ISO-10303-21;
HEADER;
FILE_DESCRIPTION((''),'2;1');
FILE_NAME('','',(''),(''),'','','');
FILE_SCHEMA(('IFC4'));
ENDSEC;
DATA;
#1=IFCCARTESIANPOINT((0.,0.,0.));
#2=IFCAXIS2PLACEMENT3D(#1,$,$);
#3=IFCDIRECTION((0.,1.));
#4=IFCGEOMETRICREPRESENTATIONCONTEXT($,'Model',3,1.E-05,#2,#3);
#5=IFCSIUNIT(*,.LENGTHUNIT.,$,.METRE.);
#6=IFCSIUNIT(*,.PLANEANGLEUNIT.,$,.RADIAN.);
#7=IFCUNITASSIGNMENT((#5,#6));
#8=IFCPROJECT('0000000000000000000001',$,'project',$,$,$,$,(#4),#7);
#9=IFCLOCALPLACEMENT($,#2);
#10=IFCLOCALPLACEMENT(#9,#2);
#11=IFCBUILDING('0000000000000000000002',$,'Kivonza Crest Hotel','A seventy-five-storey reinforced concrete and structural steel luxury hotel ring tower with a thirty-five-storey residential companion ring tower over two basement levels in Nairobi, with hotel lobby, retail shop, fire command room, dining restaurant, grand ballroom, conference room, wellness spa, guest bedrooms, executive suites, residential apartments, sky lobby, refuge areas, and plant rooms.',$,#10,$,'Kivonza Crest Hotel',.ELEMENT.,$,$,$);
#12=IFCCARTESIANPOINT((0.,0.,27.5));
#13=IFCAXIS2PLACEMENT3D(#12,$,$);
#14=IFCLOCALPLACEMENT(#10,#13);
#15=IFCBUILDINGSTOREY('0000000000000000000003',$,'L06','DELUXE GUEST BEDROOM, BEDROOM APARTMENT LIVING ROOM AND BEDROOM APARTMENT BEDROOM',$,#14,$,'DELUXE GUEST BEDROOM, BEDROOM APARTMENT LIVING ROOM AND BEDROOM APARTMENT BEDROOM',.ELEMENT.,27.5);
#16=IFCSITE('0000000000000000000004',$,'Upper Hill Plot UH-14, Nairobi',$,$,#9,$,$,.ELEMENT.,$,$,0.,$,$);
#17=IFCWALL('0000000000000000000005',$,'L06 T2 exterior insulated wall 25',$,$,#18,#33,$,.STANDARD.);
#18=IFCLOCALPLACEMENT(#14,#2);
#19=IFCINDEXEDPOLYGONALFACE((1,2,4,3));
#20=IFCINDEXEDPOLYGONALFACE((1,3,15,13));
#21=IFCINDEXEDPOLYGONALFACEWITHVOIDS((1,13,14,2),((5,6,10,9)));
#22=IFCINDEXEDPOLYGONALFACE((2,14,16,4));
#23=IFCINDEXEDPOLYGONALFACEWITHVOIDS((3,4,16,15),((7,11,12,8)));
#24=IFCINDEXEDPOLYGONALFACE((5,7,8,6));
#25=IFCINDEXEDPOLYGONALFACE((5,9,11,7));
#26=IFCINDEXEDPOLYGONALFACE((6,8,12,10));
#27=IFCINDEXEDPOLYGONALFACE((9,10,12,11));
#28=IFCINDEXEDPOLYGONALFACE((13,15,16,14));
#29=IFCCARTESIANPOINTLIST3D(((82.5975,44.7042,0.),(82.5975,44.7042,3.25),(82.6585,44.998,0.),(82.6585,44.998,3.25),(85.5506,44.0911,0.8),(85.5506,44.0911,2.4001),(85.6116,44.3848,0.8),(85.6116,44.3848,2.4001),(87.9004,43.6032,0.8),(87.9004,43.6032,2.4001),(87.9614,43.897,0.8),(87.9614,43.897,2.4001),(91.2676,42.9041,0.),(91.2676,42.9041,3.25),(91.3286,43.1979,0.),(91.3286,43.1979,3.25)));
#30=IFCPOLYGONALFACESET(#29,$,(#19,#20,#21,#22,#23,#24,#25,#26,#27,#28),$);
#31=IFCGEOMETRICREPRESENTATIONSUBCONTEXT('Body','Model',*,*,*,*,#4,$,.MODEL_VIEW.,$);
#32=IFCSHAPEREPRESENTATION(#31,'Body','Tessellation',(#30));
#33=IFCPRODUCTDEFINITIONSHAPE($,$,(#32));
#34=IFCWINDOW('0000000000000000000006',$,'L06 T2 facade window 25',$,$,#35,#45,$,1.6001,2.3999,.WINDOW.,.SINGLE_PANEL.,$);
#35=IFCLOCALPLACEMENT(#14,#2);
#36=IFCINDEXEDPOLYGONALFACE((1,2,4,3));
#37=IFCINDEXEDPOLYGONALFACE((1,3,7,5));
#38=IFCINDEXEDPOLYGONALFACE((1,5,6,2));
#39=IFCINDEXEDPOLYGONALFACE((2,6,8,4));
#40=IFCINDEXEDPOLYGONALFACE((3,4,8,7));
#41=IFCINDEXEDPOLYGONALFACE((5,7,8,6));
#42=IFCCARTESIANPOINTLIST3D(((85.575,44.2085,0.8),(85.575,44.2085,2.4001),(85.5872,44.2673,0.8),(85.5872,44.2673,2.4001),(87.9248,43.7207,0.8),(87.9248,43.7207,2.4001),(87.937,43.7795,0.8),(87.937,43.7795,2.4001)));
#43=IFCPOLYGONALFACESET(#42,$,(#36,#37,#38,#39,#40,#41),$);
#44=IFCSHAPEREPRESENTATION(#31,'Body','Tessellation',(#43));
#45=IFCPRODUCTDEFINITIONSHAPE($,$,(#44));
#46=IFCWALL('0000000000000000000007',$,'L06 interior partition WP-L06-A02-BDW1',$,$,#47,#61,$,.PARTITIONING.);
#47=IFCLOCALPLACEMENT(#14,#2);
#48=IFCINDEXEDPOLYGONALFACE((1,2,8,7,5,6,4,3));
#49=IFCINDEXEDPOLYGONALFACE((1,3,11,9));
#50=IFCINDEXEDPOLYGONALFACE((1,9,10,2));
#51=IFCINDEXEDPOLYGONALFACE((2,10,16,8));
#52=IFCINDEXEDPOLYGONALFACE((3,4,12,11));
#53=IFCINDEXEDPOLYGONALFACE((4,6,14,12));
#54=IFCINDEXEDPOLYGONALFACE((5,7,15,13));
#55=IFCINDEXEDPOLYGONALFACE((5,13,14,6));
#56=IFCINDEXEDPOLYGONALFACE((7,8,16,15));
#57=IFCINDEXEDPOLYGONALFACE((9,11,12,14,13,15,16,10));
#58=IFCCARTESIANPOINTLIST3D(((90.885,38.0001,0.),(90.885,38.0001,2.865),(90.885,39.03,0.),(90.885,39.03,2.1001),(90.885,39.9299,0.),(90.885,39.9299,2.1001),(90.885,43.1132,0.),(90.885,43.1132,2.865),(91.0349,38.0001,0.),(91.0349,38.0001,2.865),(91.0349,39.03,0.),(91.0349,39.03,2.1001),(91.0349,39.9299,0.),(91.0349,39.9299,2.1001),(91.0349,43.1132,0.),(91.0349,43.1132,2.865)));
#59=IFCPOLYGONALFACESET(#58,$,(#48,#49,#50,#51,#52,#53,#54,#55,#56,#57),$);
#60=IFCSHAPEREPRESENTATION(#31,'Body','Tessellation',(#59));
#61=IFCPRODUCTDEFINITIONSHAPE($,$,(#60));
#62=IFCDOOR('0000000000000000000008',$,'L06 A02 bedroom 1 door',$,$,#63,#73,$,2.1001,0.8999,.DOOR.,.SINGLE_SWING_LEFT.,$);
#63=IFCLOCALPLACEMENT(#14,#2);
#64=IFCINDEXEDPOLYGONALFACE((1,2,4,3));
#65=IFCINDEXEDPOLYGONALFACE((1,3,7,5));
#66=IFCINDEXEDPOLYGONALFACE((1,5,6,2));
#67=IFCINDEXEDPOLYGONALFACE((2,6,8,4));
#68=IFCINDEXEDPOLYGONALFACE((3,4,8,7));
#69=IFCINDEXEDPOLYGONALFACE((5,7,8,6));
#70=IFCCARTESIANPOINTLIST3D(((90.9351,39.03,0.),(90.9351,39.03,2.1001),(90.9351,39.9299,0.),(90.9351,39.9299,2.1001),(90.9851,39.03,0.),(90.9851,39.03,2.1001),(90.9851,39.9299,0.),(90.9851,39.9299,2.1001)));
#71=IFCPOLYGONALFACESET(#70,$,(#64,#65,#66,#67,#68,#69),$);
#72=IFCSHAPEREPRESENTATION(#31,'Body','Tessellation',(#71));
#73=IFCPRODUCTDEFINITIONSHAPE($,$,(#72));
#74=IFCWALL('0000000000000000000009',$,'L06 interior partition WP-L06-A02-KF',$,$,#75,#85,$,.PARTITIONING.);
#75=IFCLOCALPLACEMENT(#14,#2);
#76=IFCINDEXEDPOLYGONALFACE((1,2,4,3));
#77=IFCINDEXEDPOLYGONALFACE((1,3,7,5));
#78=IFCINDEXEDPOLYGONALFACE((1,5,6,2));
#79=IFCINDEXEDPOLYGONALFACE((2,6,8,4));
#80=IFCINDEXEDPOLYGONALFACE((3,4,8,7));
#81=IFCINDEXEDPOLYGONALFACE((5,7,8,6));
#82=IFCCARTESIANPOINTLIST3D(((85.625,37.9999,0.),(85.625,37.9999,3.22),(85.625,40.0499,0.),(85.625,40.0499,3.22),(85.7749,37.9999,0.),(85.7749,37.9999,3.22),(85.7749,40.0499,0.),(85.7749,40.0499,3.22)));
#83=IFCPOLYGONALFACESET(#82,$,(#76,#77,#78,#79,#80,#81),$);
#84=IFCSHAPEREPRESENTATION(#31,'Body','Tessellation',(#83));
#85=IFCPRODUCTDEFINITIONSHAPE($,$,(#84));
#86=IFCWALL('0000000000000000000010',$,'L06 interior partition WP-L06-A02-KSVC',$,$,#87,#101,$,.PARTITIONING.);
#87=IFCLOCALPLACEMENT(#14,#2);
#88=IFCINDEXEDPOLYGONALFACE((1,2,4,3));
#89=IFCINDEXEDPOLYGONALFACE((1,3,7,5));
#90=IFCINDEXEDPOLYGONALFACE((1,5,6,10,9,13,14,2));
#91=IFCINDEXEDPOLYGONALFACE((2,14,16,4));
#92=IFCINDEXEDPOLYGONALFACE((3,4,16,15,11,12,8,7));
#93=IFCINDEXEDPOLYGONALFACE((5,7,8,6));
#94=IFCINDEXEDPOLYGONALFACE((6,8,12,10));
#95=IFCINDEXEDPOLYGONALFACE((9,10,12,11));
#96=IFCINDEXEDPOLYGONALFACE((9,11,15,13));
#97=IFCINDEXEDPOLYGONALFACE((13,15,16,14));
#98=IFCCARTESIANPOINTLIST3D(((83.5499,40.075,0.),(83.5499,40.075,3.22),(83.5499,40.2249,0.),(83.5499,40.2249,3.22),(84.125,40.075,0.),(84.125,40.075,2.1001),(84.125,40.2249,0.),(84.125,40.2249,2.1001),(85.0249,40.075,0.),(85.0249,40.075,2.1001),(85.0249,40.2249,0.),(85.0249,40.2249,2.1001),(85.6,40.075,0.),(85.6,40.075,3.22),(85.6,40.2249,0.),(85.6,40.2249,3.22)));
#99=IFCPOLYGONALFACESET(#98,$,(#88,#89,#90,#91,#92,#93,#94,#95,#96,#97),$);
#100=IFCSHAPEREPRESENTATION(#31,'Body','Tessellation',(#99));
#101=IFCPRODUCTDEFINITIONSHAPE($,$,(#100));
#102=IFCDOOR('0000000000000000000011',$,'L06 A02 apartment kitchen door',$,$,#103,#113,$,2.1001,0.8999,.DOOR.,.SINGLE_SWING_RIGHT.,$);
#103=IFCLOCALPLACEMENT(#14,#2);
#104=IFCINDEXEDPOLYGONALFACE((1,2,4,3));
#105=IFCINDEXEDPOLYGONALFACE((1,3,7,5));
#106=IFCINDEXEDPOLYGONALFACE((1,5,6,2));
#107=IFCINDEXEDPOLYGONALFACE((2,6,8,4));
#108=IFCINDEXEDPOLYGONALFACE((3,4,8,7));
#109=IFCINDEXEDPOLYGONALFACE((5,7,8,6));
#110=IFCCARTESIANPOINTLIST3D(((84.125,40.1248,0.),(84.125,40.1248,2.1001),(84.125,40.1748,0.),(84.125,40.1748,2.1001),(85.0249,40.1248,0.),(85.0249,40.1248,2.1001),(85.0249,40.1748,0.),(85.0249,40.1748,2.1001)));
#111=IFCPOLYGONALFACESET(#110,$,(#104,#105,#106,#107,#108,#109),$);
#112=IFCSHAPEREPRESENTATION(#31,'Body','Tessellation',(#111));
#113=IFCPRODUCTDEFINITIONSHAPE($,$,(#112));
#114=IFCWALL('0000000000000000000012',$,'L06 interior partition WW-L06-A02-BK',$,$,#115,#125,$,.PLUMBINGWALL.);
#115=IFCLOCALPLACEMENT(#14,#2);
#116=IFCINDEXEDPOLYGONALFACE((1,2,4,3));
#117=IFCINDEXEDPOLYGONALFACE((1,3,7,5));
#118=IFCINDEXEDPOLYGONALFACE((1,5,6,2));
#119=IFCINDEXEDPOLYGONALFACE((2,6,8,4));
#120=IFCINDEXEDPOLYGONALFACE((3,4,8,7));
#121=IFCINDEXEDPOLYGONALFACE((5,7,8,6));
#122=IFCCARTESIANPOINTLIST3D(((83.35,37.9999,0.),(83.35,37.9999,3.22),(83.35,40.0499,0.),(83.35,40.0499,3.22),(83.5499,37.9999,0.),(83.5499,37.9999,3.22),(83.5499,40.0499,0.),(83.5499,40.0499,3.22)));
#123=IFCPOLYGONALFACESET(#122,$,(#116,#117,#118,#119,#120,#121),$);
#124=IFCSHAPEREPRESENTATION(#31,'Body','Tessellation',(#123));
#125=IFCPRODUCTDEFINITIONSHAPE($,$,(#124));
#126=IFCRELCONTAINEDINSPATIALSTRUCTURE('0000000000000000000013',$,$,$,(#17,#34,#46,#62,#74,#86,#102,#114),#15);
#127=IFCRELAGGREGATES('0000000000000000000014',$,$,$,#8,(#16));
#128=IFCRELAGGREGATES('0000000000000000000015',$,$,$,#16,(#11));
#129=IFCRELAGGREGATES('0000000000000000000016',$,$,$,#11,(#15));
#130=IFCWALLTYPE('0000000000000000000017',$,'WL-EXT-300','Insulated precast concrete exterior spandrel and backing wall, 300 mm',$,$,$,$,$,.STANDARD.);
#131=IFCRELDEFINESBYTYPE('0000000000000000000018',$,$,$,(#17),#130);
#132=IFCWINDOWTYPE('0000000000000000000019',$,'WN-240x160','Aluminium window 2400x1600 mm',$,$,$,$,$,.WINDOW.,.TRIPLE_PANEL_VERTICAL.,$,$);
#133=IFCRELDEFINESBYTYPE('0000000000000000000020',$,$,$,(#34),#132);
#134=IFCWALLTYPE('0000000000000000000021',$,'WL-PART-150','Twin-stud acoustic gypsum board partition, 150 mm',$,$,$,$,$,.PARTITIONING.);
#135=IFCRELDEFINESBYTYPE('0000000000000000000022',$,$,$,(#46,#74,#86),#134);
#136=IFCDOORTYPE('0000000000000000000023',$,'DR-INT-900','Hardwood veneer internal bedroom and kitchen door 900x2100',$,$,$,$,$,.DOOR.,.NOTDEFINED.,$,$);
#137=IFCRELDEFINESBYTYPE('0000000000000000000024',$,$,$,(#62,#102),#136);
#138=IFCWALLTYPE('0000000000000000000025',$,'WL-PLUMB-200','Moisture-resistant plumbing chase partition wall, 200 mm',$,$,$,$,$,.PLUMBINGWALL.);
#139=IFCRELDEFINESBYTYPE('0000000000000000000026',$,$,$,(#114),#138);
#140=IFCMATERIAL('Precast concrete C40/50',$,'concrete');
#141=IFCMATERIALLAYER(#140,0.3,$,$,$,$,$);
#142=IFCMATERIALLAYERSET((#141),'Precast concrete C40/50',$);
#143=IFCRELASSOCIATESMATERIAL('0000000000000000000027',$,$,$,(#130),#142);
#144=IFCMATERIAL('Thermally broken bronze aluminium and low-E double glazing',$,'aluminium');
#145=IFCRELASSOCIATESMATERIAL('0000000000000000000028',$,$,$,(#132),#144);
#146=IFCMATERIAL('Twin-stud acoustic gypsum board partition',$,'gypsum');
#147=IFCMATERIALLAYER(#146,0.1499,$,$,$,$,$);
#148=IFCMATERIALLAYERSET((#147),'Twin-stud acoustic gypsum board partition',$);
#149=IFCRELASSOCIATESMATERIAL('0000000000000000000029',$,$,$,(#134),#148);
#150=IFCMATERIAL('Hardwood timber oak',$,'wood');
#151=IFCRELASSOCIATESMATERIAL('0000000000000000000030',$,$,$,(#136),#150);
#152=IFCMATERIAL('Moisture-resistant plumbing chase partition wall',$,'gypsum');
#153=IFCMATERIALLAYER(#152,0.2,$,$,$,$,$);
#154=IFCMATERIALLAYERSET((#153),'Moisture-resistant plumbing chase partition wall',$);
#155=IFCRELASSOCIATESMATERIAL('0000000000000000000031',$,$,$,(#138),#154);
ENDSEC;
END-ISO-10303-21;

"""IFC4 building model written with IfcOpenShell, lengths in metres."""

from ifc_helpers import new_model, si_unit, direction, frame, frame_2d, origin, place, context, subcontext, project, spatial, rectangle, extrude, material, layer, layer_set, type_object, element, fill, save


model = new_model("IFC4")

# Units and contexts
model_context = context("Model", 3, precision=1e-05, world=origin(), true_north=direction((0.0, 1.0)))
body_context = subcontext(model_context, "Body", "Model", "MODEL_VIEW")
ifc_project = project(units=[si_unit("LENGTHUNIT", "METRE"), si_unit("PLANEANGLEUNIT", "RADIAN")], contexts=[model_context])

# Site, building, storey
site_placement = place(None, origin())
site = spatial("IfcSite", under=ifc_project, at=site_placement, Name="Upper Hill Plot UH-14, Nairobi", CompositionType="ELEMENT", RefElevation=0.0)
building_placement = place(site_placement, origin())
building = spatial("IfcBuilding", under=site, at=building_placement, Name="Kivonza Crest Hotel", Description="A seventy-five-storey reinforced concrete and structural steel luxury hotel ring tower with a thirty-five-storey residential companion ring tower over two basement levels in Nairobi, with hotel lobby, retail shop, fire command room, dining restaurant, grand ballroom, conference room, wellness spa, guest bedrooms, executive suites, residential apartments, sky lobby, refuge areas, and plant rooms.", LongName="Kivonza Crest Hotel", CompositionType="ELEMENT")
storey_placement = place(building_placement, frame((0.0, 0.0, 27.5)))
storey = spatial("IfcBuildingStorey", under=building, at=storey_placement, Name="L06", Description="DELUXE GUEST BEDROOM, BEDROOM APARTMENT LIVING ROOM AND BEDROOM APARTMENT BEDROOM", LongName="DELUXE GUEST BEDROOM, BEDROOM APARTMENT LIVING ROOM AND BEDROOM APARTMENT BEDROOM", CompositionType="ELEMENT", Elevation=27.5)

# Shared definitions
ifc_material_1 = material(Name="Hardwood timber oak", Category="wood")

# Shared definitions
ifc_material_2 = material(Name="Precast concrete C40/50", Category="concrete")
ifc_layer_1 = layer(ifc_material_2, 0.3)
ifc_layer_set_1 = layer_set([ifc_layer_1], Name="Precast concrete C40/50")
wall_type_1 = type_object("IfcWallType", Name="WL-EXT-300", Description="Insulated precast concrete exterior spandrel and backing wall, 300 mm", PredefinedType="STANDARD", material=ifc_layer_set_1)

# Wall, opening, window
wall_1_placement = place(storey_placement, frame((91.2981, 43.051, 0.0), z_axis=(0.0, 0.0, 1.0), x_axis=(-0.979121, 0.203279, 0.0)))
wall_1 = element("IfcWall", 1, at=wall_1_placement, inside=storey, type_object=wall_type_1, Name="L06 T2 exterior insulated wall 25", PredefinedType="STANDARD", context=body_context, shape_type="SweptSolid", body=[
    extrude(rectangle(XDim=8.855, YDim=0.3, at=frame_2d((4.4275, 0.0))), origin(), (0.0, 0.0, 1.0), 3.25),
])
opening_1_placement = place(wall_1_placement, frame((3.439, 0.0, 0.8)))
opening_1 = element("IfcOpeningElement", 2, at=opening_1_placement, cuts=wall_1, PredefinedType="OPENING", context=body_context, shape_type="SweptSolid", body=[
    extrude(rectangle(XDim=2.3999, YDim=1.6001, at=frame_2d((1.2, 0.8))), frame((0.0, 0.1602, 0.0), z_axis=(0.0, -1.0, 0.0), x_axis=(1.0, 0.0, 0.0)), (0.0, 0.0, 1.0), 0.3201),
])
ifc_material_3 = material(Name="Thermally broken bronze aluminium and low-E double glazing", Category="aluminium")
window_type_1 = type_object("IfcWindowType", Name="WN-240x160", Description="Aluminium window 2400x1600 mm", PartitioningType="TRIPLE_PANEL_VERTICAL", PredefinedType="WINDOW", material=ifc_material_3)
window_1_placement = place(opening_1_placement, origin())
window_1 = element("IfcWindow", 3, at=window_1_placement, inside=storey, type_object=window_type_1, Name="L06 T2 facade window 25", OverallHeight=1.6001, OverallWidth=2.3999, PartitioningType="SINGLE_PANEL", PredefinedType="WINDOW", context=body_context, shape_type="SweptSolid", body=[
    extrude(rectangle(XDim=2.3999, YDim=1.6001, at=frame_2d((1.2, 0.8))), frame((0.0, 0.03, 0.0), z_axis=(0.0, -1.0, 0.0), x_axis=(1.0, 0.0, 0.0)), (0.0, 0.0, 1.0), 0.0601),
])
fill(opening_1, window_1)

# Wall, opening, door
ifc_material_4 = material(Name="Twin-stud acoustic gypsum board partition", Category="gypsum")
ifc_layer_2 = layer(ifc_material_4, 0.1499)
ifc_layer_set_2 = layer_set([ifc_layer_2], Name="Twin-stud acoustic gypsum board partition")
wall_type_2 = type_object("IfcWallType", Name="WL-PART-150", Description="Twin-stud acoustic gypsum board partition, 150 mm", PredefinedType="PARTITIONING", material=ifc_layer_set_2)
wall_2_placement = place(storey_placement, frame((90.96, 38.0, 0.0), z_axis=(0.0, 0.0, 1.0), x_axis=(0.0, 1.0, 0.0)))
wall_2 = element("IfcWall", 4, at=wall_2_placement, inside=storey, type_object=wall_type_2, Name="L06 interior partition WP-L06-A02-BDW1", PredefinedType="PARTITIONING", context=body_context, shape_type="SweptSolid", body=[
    extrude(rectangle(XDim=5.113, YDim=0.1499, at=frame_2d((2.5566, 0.0))), origin(), (0.0, 0.0, 1.0), 2.865),
])
opening_2_placement = place(wall_2_placement, frame((1.03, 0.0, 0.0)))
opening_2 = element("IfcOpeningElement", 5, at=opening_2_placement, cuts=wall_2, PredefinedType="OPENING", context=body_context, shape_type="SweptSolid", body=[
    extrude(rectangle(XDim=0.8999, YDim=2.1001, at=frame_2d((0.45, 1.05))), frame((0.0, 0.085, 0.0), z_axis=(0.0, -1.0, 0.0), x_axis=(1.0, 0.0, 0.0)), (0.0, 0.0, 1.0), 0.1699),
])
door_type_1 = type_object("IfcDoorType", Name="DR-INT-900", Description="Hardwood veneer internal bedroom and kitchen door 900x2100", OperationType="NOTDEFINED", PredefinedType="DOOR", material=ifc_material_1)
door_1_placement = place(opening_2_placement, origin())
door_1 = element("IfcDoor", 6, at=door_1_placement, inside=storey, type_object=door_type_1, Name="L06 A02 bedroom 1 door", OperationType="SINGLE_SWING_LEFT", OverallHeight=2.1001, OverallWidth=0.8999, PredefinedType="DOOR", context=body_context, shape_type="SweptSolid", body=[
    extrude(rectangle(XDim=0.8999, YDim=2.1001, at=frame_2d((0.45, 1.05))), frame((0.0, 0.0249, 0.0), z_axis=(0.0, -1.0, 0.0), x_axis=(1.0, 0.0, 0.0)), (0.0, 0.0, 1.0), 0.05),
])
fill(opening_2, door_1)

# Wall
wall_3_placement = place(storey_placement, frame((85.7, 38.0, 0.0), z_axis=(0.0, 0.0, 1.0), x_axis=(0.0, 1.0, 0.0)))
element("IfcWall", 7, at=wall_3_placement, inside=storey, type_object=wall_type_2, Name="L06 interior partition WP-L06-A02-KF", PredefinedType="PARTITIONING", context=body_context, shape_type="SweptSolid", body=[
    extrude(rectangle(XDim=2.05, YDim=0.1499, at=frame_2d((1.0249, 0.0))), origin(), (0.0, 0.0, 1.0), 3.22),
])

# Wall, opening, door
wall_4_placement = place(storey_placement, frame((83.55, 40.1499, 0.0), z_axis=(0.0, 0.0, 1.0), x_axis=(1.0, 0.0, 0.0)))
wall_4 = element("IfcWall", 8, at=wall_4_placement, inside=storey, type_object=wall_type_2, Name="L06 interior partition WP-L06-A02-KSVC", PredefinedType="PARTITIONING", context=body_context, shape_type="SweptSolid", body=[
    extrude(rectangle(XDim=2.05, YDim=0.1499, at=frame_2d((1.0249, 0.0))), origin(), (0.0, 0.0, 1.0), 3.22),
])
opening_3_placement = place(wall_4_placement, frame((0.575, 0.0, 0.0)))
opening_3 = element("IfcOpeningElement", 9, at=opening_3_placement, cuts=wall_4, PredefinedType="OPENING", context=body_context, shape_type="SweptSolid", body=[
    extrude(rectangle(XDim=0.8999, YDim=2.1001, at=frame_2d((0.45, 1.05))), frame((0.0, 0.085, 0.0), z_axis=(0.0, -1.0, 0.0), x_axis=(1.0, 0.0, 0.0)), (0.0, 0.0, 1.0), 0.1699),
])
door_2_placement = place(opening_3_placement, origin())
door_2 = element("IfcDoor", 10, at=door_2_placement, inside=storey, type_object=door_type_1, Name="L06 A02 apartment kitchen door", OperationType="SINGLE_SWING_RIGHT", OverallHeight=2.1001, OverallWidth=0.8999, PredefinedType="DOOR", context=body_context, shape_type="SweptSolid", body=[
    extrude(rectangle(XDim=0.8999, YDim=2.1001, at=frame_2d((0.45, 1.05))), frame((0.0, 0.0249, 0.0), z_axis=(0.0, -1.0, 0.0), x_axis=(1.0, 0.0, 0.0)), (0.0, 0.0, 1.0), 0.05),
])
fill(opening_3, door_2)

# Wall
ifc_material_5 = material(Name="Moisture-resistant plumbing chase partition wall", Category="gypsum")
ifc_layer_3 = layer(ifc_material_5, 0.2)
ifc_layer_set_3 = layer_set([ifc_layer_3], Name="Moisture-resistant plumbing chase partition wall")
wall_type_3 = type_object("IfcWallType", Name="WL-PLUMB-200", Description="Moisture-resistant plumbing chase partition wall, 200 mm", PredefinedType="PLUMBINGWALL", material=ifc_layer_set_3)
wall_5_placement = place(storey_placement, frame((83.45, 38.0, 0.0), z_axis=(0.0, 0.0, 1.0), x_axis=(0.0, 1.0, 0.0)))
element("IfcWall", 11, at=wall_5_placement, inside=storey, type_object=wall_type_3, Name="L06 interior partition WW-L06-A02-BK", PredefinedType="PLUMBINGWALL", context=body_context, shape_type="SweptSolid", body=[
    extrude(rectangle(XDim=2.05, YDim=0.2, at=frame_2d((1.0249, 0.0))), origin(), (0.0, 0.0, 1.0), 3.22),
])

save(model, "model.ifc")
